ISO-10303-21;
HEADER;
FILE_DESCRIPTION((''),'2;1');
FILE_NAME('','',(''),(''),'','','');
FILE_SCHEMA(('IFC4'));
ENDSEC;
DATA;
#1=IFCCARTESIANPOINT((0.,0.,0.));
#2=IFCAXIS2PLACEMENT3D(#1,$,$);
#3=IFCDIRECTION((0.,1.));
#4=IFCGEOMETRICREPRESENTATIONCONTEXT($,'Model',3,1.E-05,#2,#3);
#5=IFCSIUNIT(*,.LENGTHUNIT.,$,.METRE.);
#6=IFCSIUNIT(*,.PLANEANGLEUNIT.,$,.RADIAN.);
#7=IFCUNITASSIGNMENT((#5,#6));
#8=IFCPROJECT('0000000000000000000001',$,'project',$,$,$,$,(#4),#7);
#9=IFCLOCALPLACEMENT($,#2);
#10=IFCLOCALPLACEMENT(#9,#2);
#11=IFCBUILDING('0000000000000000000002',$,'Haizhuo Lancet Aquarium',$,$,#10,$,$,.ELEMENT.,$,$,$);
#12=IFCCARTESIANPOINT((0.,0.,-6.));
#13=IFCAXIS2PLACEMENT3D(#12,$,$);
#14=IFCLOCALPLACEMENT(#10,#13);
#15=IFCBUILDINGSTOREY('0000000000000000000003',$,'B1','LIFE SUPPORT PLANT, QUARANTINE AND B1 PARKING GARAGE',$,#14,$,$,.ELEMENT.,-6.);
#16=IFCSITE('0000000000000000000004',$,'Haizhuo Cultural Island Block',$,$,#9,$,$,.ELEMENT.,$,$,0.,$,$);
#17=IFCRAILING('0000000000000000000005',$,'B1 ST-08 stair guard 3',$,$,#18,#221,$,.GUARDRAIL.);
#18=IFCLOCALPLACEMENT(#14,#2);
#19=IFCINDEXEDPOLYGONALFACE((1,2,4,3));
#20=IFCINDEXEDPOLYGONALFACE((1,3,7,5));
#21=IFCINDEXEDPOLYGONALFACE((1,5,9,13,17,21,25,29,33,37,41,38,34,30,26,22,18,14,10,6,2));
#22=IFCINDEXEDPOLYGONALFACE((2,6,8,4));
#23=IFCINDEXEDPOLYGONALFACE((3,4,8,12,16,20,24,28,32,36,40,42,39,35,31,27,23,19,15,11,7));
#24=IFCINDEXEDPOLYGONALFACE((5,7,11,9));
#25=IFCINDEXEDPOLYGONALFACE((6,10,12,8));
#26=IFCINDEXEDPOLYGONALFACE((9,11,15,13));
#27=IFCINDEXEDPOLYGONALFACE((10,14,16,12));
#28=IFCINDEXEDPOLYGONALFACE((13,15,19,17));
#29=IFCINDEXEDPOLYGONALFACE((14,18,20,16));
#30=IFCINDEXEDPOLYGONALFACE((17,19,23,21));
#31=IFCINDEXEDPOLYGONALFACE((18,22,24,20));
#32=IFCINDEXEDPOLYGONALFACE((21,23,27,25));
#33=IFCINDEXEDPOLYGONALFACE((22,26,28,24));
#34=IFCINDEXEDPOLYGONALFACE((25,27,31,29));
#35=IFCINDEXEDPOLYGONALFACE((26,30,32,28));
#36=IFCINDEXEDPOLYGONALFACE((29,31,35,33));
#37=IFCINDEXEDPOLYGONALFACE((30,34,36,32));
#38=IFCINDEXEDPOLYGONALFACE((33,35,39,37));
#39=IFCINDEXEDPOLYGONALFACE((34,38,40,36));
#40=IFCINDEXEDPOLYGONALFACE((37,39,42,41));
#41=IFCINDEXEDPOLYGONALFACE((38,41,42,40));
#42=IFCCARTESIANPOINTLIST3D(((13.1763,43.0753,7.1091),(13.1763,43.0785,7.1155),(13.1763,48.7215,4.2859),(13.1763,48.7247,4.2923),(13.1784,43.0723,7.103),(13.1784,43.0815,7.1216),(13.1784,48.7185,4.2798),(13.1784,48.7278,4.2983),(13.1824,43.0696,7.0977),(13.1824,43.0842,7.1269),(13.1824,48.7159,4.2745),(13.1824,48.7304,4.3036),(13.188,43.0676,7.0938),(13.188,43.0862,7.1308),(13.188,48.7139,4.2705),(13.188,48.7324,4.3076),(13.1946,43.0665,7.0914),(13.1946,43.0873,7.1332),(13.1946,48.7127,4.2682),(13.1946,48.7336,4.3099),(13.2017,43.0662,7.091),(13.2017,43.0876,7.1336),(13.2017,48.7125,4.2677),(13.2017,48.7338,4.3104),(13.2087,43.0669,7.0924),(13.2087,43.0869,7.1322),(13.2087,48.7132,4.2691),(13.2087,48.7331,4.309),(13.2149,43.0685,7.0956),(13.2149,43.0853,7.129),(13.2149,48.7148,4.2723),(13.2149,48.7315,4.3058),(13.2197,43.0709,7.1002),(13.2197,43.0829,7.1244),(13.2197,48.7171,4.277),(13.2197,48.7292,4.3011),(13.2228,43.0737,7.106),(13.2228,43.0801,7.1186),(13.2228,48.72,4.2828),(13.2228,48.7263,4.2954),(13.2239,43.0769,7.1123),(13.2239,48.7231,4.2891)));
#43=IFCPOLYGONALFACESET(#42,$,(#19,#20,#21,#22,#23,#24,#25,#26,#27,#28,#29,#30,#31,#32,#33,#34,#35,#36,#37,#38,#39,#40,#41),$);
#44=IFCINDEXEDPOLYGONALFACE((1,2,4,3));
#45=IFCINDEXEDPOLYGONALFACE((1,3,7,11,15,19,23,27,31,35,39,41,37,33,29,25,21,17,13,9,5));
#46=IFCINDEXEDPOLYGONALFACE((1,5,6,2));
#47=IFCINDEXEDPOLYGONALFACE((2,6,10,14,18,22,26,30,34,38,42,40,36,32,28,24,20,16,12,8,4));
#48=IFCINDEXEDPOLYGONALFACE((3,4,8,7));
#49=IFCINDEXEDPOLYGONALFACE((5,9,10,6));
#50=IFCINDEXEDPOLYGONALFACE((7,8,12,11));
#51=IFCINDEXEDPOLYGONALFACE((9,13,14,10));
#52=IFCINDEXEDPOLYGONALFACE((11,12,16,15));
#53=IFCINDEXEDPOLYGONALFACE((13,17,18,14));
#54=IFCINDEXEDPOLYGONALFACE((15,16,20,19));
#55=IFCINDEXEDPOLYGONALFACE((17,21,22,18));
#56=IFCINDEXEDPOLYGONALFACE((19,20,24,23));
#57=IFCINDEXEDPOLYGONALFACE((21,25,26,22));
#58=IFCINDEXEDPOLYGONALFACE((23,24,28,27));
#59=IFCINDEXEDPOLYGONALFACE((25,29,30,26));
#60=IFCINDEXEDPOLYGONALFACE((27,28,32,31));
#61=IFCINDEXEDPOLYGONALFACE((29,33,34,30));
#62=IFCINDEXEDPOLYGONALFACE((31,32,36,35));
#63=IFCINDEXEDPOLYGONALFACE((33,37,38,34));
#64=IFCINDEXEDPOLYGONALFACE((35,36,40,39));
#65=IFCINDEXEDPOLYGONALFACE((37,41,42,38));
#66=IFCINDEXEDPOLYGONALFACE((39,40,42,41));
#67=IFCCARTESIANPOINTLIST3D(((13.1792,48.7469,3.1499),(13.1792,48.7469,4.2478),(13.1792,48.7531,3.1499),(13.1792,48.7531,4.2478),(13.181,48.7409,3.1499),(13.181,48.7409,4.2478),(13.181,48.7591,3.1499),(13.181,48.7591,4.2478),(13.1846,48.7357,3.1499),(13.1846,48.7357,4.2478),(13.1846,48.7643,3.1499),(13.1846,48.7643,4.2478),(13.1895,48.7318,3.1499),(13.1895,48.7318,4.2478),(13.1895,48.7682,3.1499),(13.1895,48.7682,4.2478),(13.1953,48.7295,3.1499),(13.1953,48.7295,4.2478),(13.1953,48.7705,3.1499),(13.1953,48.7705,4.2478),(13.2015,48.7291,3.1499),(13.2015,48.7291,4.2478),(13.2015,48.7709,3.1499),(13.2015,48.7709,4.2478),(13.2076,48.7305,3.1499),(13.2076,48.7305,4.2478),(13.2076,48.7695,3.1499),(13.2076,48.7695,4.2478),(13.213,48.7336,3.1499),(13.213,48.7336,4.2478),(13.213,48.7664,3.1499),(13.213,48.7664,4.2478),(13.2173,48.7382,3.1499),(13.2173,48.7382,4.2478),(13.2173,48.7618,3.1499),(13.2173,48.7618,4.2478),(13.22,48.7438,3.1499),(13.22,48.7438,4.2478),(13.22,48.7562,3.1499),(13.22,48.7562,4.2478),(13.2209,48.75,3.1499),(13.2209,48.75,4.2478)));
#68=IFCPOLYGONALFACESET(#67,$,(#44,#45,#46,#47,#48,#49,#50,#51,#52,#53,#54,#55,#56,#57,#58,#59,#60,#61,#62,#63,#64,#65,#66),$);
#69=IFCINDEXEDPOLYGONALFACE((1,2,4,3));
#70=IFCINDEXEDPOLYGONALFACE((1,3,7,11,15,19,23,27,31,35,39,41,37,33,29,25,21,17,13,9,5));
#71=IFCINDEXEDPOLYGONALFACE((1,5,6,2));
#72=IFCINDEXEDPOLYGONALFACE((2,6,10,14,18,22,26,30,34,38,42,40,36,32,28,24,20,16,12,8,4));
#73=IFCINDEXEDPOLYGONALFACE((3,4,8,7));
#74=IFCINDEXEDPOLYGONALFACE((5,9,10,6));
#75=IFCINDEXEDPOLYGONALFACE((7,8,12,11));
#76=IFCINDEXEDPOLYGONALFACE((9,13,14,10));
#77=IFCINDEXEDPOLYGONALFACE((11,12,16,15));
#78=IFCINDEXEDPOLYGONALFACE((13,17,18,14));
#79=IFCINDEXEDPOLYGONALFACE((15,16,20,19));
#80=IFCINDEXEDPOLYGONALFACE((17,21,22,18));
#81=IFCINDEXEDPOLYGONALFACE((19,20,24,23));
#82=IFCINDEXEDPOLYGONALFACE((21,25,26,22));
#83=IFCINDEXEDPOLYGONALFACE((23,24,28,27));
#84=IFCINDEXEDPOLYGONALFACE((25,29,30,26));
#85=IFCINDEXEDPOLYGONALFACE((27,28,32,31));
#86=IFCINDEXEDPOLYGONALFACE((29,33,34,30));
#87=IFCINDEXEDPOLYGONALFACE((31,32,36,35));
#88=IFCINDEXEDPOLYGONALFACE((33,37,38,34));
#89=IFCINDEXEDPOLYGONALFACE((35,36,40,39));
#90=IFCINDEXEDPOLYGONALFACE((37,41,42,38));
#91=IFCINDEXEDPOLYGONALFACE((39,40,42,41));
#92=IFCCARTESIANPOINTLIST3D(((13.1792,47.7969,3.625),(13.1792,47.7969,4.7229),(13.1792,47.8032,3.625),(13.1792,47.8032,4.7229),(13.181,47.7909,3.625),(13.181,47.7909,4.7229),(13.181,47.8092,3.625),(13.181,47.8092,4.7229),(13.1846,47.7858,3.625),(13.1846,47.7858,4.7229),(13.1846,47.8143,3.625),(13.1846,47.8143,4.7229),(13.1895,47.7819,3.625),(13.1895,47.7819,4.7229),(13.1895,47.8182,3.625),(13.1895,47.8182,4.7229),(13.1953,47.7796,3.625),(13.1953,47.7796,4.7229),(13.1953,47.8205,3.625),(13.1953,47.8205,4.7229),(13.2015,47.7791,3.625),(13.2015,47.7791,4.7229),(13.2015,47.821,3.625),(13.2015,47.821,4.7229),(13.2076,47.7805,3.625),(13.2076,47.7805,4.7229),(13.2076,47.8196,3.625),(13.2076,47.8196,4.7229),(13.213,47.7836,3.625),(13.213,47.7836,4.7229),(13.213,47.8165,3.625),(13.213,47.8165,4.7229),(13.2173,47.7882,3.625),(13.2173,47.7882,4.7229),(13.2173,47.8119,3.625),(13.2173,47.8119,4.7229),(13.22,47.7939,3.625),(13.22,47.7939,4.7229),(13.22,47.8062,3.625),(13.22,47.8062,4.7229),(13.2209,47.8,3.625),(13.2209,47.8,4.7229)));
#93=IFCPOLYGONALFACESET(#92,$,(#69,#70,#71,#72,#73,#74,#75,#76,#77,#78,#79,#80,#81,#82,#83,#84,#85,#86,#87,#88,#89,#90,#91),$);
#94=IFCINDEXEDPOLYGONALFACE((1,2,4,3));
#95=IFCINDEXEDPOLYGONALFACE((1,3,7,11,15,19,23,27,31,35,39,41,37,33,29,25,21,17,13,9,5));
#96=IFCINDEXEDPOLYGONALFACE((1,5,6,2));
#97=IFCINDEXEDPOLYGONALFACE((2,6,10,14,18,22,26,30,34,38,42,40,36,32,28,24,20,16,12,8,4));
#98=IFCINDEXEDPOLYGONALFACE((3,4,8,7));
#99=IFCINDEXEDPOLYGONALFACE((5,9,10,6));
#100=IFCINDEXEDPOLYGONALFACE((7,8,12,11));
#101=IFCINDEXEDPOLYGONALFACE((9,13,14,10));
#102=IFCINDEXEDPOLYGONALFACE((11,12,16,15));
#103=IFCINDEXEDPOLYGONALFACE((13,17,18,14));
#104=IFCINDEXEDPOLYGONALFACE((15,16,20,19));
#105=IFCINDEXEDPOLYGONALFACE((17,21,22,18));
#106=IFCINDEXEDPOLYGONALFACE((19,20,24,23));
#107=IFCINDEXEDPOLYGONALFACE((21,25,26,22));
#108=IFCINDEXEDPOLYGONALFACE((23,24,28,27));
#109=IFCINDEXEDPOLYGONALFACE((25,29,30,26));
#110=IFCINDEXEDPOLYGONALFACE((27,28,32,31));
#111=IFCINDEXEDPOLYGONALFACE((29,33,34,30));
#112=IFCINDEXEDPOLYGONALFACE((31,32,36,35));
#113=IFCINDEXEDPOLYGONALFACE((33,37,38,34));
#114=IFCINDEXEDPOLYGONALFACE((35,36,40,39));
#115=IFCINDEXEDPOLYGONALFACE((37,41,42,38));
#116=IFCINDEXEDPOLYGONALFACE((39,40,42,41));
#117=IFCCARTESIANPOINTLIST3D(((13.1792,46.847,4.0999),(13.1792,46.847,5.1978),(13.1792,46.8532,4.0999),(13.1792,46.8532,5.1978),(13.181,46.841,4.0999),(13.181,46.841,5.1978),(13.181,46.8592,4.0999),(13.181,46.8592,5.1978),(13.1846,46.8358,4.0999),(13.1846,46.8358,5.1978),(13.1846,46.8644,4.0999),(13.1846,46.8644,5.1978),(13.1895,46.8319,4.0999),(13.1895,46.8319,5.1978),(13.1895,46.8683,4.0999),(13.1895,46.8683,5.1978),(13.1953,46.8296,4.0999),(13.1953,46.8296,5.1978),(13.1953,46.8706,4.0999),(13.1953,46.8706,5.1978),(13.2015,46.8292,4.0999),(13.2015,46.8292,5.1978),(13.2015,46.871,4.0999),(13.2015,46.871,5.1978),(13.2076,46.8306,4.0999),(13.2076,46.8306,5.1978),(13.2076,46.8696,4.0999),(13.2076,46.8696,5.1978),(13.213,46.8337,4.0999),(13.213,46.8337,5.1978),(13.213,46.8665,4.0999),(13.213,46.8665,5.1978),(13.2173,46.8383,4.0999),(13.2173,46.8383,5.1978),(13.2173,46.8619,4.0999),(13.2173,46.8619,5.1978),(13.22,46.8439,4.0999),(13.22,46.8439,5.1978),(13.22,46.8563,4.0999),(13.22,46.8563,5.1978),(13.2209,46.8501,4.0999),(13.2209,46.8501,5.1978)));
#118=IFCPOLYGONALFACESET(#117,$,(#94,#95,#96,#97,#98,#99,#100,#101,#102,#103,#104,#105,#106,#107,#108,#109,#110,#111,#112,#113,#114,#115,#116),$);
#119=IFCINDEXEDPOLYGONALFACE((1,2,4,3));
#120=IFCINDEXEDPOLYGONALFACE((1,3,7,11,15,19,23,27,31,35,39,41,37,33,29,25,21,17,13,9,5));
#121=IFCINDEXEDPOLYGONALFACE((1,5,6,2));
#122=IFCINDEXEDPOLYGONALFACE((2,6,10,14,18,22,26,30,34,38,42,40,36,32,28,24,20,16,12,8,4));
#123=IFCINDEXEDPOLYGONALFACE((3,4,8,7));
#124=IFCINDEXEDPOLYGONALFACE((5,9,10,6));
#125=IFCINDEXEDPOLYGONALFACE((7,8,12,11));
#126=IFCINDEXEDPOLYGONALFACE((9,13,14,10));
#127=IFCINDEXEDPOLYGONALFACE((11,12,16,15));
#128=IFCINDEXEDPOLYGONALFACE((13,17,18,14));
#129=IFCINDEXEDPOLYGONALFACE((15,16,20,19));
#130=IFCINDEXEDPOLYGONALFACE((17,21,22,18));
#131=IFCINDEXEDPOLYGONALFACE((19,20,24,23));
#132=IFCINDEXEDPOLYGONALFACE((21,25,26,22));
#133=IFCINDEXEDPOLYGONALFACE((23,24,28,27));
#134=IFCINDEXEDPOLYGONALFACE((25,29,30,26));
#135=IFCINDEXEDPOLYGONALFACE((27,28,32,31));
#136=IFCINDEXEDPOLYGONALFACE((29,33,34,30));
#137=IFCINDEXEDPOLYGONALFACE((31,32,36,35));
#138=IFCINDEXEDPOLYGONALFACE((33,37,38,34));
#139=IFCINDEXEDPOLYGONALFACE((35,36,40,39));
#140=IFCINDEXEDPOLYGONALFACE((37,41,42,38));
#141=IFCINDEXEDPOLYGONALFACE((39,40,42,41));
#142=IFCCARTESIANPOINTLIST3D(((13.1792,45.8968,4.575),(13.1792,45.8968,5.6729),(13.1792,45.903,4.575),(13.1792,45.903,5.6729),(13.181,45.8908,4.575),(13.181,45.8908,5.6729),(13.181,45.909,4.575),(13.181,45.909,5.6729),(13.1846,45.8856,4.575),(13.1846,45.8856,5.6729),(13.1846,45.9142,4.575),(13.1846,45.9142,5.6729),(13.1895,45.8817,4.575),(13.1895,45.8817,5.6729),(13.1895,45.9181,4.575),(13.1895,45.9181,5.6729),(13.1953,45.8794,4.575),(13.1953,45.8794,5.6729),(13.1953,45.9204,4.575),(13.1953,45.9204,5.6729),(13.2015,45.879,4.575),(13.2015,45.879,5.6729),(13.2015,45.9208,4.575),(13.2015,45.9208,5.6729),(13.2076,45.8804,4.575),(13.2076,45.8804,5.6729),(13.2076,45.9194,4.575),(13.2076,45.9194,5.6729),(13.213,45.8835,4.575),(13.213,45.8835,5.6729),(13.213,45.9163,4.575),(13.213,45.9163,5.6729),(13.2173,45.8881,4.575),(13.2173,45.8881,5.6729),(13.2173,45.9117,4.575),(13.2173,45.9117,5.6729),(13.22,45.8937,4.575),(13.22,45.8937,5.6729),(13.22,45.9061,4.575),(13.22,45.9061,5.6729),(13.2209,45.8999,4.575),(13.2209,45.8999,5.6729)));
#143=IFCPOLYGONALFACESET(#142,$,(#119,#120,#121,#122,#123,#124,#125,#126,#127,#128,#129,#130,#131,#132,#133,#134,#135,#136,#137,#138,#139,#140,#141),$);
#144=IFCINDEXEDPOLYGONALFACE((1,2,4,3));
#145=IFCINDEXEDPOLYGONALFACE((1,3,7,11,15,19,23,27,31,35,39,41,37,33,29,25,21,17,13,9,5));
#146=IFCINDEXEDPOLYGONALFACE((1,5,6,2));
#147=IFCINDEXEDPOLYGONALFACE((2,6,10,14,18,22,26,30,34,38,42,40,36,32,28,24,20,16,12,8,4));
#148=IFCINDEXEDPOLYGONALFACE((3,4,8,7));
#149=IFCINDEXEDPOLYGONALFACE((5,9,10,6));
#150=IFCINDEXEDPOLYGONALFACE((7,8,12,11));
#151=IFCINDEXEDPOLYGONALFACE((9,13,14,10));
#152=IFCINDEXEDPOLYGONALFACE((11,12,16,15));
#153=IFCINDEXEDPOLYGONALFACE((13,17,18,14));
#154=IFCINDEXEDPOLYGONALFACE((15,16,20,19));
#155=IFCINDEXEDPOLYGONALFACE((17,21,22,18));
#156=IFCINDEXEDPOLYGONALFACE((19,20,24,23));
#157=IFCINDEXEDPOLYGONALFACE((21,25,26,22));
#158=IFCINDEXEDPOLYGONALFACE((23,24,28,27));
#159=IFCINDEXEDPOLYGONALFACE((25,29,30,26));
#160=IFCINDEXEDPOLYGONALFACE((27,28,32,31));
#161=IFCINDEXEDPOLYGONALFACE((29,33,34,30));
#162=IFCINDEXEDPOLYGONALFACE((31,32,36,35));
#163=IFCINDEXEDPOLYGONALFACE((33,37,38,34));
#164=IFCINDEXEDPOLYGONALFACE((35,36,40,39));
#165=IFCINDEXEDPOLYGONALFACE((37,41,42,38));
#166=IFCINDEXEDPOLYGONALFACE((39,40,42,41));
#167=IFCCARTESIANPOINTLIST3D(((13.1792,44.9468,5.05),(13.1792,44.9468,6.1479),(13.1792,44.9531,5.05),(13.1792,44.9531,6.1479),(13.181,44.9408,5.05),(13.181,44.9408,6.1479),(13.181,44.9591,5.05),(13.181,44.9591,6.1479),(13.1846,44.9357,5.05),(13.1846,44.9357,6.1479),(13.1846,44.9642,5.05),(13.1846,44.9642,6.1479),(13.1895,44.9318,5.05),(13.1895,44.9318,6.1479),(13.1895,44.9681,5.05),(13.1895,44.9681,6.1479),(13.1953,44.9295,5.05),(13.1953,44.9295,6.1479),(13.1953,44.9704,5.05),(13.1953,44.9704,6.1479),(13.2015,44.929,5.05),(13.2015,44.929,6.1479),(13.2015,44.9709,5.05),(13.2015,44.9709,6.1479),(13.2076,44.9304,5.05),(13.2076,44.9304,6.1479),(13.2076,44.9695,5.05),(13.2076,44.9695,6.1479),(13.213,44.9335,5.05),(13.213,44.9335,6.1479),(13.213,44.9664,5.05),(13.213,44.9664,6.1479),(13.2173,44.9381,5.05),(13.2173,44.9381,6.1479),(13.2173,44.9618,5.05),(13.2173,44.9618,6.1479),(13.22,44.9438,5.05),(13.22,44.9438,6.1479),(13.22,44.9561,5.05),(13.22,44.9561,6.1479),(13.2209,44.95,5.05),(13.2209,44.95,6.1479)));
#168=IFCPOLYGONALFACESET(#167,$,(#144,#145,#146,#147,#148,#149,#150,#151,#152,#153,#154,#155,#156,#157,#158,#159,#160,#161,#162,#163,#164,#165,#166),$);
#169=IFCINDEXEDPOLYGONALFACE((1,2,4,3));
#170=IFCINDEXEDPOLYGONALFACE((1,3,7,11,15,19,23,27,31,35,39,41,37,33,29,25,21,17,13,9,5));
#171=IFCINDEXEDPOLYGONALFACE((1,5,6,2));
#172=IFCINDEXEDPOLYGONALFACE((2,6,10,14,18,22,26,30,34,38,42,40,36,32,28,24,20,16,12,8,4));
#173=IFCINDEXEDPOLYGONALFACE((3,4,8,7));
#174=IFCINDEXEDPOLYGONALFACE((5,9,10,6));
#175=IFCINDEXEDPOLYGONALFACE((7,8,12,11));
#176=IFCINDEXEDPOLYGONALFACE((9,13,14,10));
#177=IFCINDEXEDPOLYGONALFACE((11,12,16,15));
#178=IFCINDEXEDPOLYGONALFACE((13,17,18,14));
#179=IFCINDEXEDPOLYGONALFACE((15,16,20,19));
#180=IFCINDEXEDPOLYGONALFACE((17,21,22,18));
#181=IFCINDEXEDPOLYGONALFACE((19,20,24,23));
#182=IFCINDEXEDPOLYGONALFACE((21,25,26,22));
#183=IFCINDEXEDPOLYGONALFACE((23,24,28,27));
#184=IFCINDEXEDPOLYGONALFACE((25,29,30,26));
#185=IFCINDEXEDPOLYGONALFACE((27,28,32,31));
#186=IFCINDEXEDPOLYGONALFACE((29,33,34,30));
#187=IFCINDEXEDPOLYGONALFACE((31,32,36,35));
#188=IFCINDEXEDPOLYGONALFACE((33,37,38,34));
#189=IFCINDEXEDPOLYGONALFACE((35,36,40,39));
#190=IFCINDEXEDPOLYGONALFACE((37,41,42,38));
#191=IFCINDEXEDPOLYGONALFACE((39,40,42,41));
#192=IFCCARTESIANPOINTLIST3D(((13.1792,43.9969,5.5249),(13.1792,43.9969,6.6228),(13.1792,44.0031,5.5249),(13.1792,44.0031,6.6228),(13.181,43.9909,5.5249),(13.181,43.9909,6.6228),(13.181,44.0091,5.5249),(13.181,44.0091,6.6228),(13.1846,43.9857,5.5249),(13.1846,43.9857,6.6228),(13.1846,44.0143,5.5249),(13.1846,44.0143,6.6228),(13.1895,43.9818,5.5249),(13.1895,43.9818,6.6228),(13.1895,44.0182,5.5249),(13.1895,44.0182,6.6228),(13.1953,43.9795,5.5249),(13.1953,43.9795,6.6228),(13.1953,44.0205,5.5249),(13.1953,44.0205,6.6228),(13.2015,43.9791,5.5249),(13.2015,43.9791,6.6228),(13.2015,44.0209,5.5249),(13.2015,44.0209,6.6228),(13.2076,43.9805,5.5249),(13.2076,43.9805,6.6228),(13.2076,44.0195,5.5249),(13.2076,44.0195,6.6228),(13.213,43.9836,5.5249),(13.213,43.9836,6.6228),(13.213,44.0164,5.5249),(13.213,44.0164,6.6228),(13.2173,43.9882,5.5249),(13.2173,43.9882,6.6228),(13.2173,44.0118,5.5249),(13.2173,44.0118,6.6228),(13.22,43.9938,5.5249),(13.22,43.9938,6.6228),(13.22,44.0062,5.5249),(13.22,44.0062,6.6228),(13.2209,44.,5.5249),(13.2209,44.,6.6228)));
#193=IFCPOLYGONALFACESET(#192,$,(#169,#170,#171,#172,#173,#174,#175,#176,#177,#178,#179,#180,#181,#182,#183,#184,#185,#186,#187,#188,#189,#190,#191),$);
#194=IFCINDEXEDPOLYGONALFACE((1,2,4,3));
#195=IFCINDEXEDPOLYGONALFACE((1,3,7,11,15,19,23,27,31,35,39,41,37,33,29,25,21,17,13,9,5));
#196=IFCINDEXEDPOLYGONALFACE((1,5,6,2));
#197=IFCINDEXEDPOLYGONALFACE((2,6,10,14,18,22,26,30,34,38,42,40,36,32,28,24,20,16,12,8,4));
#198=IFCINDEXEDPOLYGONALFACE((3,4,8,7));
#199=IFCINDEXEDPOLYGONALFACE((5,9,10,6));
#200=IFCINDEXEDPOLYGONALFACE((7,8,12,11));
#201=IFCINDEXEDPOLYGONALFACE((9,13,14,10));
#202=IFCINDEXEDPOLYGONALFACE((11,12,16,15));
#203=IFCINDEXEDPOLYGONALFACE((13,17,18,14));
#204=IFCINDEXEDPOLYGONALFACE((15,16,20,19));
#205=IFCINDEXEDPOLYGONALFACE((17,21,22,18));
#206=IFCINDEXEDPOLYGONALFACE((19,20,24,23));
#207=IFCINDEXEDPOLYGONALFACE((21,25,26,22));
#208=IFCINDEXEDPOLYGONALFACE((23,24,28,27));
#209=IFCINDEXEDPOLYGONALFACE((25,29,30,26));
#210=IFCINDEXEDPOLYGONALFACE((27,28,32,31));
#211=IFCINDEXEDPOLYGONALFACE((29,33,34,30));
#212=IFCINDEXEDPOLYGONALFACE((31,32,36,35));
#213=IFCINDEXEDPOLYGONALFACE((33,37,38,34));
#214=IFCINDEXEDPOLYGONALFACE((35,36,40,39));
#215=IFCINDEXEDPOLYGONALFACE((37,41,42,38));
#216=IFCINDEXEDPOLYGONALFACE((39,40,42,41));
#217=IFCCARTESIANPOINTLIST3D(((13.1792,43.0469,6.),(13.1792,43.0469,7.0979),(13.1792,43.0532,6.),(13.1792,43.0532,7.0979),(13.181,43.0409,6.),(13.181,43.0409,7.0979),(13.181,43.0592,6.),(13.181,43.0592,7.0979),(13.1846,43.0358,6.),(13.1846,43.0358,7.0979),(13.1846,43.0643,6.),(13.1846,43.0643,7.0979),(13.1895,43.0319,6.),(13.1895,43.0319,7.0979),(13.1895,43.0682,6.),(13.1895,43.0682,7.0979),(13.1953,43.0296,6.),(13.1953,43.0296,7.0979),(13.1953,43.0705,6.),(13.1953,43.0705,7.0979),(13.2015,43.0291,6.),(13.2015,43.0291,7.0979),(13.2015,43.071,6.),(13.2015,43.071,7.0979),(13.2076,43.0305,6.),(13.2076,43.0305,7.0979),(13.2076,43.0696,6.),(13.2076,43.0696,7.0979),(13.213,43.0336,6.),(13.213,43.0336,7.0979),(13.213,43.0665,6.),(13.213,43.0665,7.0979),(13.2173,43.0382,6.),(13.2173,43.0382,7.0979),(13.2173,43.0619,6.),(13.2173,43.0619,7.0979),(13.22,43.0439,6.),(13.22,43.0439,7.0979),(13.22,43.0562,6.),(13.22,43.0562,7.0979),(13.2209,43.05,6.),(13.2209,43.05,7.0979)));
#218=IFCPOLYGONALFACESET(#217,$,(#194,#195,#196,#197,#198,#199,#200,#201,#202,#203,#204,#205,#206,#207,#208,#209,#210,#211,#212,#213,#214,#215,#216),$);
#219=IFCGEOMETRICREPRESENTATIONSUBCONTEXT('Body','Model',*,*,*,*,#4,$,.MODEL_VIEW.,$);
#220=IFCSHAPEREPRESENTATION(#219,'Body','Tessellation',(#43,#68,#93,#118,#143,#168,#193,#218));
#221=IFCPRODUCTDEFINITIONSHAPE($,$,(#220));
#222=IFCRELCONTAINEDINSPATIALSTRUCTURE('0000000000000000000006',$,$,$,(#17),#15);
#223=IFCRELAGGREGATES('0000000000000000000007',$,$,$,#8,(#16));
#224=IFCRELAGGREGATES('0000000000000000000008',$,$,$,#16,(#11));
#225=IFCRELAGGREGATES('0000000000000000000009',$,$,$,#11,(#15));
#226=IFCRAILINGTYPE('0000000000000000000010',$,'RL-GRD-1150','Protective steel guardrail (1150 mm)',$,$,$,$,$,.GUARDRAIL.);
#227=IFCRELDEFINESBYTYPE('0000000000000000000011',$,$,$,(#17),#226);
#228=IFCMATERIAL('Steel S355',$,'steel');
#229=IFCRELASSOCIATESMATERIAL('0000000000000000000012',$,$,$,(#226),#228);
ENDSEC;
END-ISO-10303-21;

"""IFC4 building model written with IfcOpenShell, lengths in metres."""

from ifc_helpers import new_model, si_unit, direction, frame, origin, origin_2d, place, context, subcontext, project, spatial, circle, extrude, material, type_object, element, save


model = new_model("IFC4")

# Units and contexts
model_context = context("Model", 3, precision=1e-05, world=origin(), true_north=direction((0.0, 1.0)))
body_context = subcontext(model_context, "Body", "Model", "MODEL_VIEW")
ifc_project = project(units=[si_unit("LENGTHUNIT", "METRE"), si_unit("PLANEANGLEUNIT", "RADIAN")], contexts=[model_context])

# Site, building, storey
site_placement = place(None, origin())
site = spatial("IfcSite", under=ifc_project, at=site_placement, Name="Haizhuo Cultural Island Block", CompositionType="ELEMENT", RefElevation=0.0)
building_placement = place(site_placement, origin())
building = spatial("IfcBuilding", under=site, at=building_placement, Name="Haizhuo Lancet Aquarium", CompositionType="ELEMENT")
storey_placement = place(building_placement, frame((0.0, 0.0, -6.0)))
storey = spatial("IfcBuildingStorey", under=building, at=storey_placement, Name="B1", Description="LIFE SUPPORT PLANT, QUARANTINE AND B1 PARKING GARAGE", CompositionType="ELEMENT", Elevation=-6.0)

# Railing
ifc_material_1 = material(Name="Steel S355", Category="steel")
railing_type_1 = type_object("IfcRailingType", Name="RL-GRD-1150", Description="Protective steel guardrail (1150 mm)", PredefinedType="GUARDRAIL", material=ifc_material_1)
railing_1_placement = place(storey_placement, frame((13.2, 48.75, 3.1499)))
element("IfcRailing", 1, at=railing_1_placement, inside=storey, type_object=railing_type_1, Name="B1 ST-08 stair guard 3", PredefinedType="GUARDRAIL", context=body_context, shape_type="SweptSolid", body=[
    extrude(circle(Radius=0.0239, at=origin_2d()), frame((0.0, -0.0269, 1.1392), z_axis=(0.0, -0.89442, 0.447229), x_axis=(1.0, 0.0, 0.0)), (0.0, 0.0, 1.0), 6.3127),
    extrude(circle(Radius=0.021, at=origin_2d()), origin(), (0.0, 0.0, 1.0), 1.0979),
    extrude(circle(Radius=0.021, at=origin_2d()), frame((0.0, -0.95, 0.4751)), (0.0, 0.0, 1.0), 1.0979),
    extrude(circle(Radius=0.021, at=origin_2d()), frame((0.0, -1.8999, 0.95)), (0.0, 0.0, 1.0), 1.0979),
    extrude(circle(Radius=0.021, at=origin_2d()), frame((0.0, -2.8501, 1.425)), (0.0, 0.0, 1.0), 1.0979),
    extrude(circle(Radius=0.021, at=origin_2d()), frame((0.0, -3.8, 1.9001)), (0.0, 0.0, 1.0), 1.0979),
    extrude(circle(Radius=0.021, at=origin_2d()), frame((0.0, -4.75, 2.375)), (0.0, 0.0, 1.0), 1.0979),
    extrude(circle(Radius=0.021, at=origin_2d()), frame((0.0, -5.7, 2.8501)), (0.0, 0.0, 1.0), 1.0979),
])

save(model, "model.ifc")
